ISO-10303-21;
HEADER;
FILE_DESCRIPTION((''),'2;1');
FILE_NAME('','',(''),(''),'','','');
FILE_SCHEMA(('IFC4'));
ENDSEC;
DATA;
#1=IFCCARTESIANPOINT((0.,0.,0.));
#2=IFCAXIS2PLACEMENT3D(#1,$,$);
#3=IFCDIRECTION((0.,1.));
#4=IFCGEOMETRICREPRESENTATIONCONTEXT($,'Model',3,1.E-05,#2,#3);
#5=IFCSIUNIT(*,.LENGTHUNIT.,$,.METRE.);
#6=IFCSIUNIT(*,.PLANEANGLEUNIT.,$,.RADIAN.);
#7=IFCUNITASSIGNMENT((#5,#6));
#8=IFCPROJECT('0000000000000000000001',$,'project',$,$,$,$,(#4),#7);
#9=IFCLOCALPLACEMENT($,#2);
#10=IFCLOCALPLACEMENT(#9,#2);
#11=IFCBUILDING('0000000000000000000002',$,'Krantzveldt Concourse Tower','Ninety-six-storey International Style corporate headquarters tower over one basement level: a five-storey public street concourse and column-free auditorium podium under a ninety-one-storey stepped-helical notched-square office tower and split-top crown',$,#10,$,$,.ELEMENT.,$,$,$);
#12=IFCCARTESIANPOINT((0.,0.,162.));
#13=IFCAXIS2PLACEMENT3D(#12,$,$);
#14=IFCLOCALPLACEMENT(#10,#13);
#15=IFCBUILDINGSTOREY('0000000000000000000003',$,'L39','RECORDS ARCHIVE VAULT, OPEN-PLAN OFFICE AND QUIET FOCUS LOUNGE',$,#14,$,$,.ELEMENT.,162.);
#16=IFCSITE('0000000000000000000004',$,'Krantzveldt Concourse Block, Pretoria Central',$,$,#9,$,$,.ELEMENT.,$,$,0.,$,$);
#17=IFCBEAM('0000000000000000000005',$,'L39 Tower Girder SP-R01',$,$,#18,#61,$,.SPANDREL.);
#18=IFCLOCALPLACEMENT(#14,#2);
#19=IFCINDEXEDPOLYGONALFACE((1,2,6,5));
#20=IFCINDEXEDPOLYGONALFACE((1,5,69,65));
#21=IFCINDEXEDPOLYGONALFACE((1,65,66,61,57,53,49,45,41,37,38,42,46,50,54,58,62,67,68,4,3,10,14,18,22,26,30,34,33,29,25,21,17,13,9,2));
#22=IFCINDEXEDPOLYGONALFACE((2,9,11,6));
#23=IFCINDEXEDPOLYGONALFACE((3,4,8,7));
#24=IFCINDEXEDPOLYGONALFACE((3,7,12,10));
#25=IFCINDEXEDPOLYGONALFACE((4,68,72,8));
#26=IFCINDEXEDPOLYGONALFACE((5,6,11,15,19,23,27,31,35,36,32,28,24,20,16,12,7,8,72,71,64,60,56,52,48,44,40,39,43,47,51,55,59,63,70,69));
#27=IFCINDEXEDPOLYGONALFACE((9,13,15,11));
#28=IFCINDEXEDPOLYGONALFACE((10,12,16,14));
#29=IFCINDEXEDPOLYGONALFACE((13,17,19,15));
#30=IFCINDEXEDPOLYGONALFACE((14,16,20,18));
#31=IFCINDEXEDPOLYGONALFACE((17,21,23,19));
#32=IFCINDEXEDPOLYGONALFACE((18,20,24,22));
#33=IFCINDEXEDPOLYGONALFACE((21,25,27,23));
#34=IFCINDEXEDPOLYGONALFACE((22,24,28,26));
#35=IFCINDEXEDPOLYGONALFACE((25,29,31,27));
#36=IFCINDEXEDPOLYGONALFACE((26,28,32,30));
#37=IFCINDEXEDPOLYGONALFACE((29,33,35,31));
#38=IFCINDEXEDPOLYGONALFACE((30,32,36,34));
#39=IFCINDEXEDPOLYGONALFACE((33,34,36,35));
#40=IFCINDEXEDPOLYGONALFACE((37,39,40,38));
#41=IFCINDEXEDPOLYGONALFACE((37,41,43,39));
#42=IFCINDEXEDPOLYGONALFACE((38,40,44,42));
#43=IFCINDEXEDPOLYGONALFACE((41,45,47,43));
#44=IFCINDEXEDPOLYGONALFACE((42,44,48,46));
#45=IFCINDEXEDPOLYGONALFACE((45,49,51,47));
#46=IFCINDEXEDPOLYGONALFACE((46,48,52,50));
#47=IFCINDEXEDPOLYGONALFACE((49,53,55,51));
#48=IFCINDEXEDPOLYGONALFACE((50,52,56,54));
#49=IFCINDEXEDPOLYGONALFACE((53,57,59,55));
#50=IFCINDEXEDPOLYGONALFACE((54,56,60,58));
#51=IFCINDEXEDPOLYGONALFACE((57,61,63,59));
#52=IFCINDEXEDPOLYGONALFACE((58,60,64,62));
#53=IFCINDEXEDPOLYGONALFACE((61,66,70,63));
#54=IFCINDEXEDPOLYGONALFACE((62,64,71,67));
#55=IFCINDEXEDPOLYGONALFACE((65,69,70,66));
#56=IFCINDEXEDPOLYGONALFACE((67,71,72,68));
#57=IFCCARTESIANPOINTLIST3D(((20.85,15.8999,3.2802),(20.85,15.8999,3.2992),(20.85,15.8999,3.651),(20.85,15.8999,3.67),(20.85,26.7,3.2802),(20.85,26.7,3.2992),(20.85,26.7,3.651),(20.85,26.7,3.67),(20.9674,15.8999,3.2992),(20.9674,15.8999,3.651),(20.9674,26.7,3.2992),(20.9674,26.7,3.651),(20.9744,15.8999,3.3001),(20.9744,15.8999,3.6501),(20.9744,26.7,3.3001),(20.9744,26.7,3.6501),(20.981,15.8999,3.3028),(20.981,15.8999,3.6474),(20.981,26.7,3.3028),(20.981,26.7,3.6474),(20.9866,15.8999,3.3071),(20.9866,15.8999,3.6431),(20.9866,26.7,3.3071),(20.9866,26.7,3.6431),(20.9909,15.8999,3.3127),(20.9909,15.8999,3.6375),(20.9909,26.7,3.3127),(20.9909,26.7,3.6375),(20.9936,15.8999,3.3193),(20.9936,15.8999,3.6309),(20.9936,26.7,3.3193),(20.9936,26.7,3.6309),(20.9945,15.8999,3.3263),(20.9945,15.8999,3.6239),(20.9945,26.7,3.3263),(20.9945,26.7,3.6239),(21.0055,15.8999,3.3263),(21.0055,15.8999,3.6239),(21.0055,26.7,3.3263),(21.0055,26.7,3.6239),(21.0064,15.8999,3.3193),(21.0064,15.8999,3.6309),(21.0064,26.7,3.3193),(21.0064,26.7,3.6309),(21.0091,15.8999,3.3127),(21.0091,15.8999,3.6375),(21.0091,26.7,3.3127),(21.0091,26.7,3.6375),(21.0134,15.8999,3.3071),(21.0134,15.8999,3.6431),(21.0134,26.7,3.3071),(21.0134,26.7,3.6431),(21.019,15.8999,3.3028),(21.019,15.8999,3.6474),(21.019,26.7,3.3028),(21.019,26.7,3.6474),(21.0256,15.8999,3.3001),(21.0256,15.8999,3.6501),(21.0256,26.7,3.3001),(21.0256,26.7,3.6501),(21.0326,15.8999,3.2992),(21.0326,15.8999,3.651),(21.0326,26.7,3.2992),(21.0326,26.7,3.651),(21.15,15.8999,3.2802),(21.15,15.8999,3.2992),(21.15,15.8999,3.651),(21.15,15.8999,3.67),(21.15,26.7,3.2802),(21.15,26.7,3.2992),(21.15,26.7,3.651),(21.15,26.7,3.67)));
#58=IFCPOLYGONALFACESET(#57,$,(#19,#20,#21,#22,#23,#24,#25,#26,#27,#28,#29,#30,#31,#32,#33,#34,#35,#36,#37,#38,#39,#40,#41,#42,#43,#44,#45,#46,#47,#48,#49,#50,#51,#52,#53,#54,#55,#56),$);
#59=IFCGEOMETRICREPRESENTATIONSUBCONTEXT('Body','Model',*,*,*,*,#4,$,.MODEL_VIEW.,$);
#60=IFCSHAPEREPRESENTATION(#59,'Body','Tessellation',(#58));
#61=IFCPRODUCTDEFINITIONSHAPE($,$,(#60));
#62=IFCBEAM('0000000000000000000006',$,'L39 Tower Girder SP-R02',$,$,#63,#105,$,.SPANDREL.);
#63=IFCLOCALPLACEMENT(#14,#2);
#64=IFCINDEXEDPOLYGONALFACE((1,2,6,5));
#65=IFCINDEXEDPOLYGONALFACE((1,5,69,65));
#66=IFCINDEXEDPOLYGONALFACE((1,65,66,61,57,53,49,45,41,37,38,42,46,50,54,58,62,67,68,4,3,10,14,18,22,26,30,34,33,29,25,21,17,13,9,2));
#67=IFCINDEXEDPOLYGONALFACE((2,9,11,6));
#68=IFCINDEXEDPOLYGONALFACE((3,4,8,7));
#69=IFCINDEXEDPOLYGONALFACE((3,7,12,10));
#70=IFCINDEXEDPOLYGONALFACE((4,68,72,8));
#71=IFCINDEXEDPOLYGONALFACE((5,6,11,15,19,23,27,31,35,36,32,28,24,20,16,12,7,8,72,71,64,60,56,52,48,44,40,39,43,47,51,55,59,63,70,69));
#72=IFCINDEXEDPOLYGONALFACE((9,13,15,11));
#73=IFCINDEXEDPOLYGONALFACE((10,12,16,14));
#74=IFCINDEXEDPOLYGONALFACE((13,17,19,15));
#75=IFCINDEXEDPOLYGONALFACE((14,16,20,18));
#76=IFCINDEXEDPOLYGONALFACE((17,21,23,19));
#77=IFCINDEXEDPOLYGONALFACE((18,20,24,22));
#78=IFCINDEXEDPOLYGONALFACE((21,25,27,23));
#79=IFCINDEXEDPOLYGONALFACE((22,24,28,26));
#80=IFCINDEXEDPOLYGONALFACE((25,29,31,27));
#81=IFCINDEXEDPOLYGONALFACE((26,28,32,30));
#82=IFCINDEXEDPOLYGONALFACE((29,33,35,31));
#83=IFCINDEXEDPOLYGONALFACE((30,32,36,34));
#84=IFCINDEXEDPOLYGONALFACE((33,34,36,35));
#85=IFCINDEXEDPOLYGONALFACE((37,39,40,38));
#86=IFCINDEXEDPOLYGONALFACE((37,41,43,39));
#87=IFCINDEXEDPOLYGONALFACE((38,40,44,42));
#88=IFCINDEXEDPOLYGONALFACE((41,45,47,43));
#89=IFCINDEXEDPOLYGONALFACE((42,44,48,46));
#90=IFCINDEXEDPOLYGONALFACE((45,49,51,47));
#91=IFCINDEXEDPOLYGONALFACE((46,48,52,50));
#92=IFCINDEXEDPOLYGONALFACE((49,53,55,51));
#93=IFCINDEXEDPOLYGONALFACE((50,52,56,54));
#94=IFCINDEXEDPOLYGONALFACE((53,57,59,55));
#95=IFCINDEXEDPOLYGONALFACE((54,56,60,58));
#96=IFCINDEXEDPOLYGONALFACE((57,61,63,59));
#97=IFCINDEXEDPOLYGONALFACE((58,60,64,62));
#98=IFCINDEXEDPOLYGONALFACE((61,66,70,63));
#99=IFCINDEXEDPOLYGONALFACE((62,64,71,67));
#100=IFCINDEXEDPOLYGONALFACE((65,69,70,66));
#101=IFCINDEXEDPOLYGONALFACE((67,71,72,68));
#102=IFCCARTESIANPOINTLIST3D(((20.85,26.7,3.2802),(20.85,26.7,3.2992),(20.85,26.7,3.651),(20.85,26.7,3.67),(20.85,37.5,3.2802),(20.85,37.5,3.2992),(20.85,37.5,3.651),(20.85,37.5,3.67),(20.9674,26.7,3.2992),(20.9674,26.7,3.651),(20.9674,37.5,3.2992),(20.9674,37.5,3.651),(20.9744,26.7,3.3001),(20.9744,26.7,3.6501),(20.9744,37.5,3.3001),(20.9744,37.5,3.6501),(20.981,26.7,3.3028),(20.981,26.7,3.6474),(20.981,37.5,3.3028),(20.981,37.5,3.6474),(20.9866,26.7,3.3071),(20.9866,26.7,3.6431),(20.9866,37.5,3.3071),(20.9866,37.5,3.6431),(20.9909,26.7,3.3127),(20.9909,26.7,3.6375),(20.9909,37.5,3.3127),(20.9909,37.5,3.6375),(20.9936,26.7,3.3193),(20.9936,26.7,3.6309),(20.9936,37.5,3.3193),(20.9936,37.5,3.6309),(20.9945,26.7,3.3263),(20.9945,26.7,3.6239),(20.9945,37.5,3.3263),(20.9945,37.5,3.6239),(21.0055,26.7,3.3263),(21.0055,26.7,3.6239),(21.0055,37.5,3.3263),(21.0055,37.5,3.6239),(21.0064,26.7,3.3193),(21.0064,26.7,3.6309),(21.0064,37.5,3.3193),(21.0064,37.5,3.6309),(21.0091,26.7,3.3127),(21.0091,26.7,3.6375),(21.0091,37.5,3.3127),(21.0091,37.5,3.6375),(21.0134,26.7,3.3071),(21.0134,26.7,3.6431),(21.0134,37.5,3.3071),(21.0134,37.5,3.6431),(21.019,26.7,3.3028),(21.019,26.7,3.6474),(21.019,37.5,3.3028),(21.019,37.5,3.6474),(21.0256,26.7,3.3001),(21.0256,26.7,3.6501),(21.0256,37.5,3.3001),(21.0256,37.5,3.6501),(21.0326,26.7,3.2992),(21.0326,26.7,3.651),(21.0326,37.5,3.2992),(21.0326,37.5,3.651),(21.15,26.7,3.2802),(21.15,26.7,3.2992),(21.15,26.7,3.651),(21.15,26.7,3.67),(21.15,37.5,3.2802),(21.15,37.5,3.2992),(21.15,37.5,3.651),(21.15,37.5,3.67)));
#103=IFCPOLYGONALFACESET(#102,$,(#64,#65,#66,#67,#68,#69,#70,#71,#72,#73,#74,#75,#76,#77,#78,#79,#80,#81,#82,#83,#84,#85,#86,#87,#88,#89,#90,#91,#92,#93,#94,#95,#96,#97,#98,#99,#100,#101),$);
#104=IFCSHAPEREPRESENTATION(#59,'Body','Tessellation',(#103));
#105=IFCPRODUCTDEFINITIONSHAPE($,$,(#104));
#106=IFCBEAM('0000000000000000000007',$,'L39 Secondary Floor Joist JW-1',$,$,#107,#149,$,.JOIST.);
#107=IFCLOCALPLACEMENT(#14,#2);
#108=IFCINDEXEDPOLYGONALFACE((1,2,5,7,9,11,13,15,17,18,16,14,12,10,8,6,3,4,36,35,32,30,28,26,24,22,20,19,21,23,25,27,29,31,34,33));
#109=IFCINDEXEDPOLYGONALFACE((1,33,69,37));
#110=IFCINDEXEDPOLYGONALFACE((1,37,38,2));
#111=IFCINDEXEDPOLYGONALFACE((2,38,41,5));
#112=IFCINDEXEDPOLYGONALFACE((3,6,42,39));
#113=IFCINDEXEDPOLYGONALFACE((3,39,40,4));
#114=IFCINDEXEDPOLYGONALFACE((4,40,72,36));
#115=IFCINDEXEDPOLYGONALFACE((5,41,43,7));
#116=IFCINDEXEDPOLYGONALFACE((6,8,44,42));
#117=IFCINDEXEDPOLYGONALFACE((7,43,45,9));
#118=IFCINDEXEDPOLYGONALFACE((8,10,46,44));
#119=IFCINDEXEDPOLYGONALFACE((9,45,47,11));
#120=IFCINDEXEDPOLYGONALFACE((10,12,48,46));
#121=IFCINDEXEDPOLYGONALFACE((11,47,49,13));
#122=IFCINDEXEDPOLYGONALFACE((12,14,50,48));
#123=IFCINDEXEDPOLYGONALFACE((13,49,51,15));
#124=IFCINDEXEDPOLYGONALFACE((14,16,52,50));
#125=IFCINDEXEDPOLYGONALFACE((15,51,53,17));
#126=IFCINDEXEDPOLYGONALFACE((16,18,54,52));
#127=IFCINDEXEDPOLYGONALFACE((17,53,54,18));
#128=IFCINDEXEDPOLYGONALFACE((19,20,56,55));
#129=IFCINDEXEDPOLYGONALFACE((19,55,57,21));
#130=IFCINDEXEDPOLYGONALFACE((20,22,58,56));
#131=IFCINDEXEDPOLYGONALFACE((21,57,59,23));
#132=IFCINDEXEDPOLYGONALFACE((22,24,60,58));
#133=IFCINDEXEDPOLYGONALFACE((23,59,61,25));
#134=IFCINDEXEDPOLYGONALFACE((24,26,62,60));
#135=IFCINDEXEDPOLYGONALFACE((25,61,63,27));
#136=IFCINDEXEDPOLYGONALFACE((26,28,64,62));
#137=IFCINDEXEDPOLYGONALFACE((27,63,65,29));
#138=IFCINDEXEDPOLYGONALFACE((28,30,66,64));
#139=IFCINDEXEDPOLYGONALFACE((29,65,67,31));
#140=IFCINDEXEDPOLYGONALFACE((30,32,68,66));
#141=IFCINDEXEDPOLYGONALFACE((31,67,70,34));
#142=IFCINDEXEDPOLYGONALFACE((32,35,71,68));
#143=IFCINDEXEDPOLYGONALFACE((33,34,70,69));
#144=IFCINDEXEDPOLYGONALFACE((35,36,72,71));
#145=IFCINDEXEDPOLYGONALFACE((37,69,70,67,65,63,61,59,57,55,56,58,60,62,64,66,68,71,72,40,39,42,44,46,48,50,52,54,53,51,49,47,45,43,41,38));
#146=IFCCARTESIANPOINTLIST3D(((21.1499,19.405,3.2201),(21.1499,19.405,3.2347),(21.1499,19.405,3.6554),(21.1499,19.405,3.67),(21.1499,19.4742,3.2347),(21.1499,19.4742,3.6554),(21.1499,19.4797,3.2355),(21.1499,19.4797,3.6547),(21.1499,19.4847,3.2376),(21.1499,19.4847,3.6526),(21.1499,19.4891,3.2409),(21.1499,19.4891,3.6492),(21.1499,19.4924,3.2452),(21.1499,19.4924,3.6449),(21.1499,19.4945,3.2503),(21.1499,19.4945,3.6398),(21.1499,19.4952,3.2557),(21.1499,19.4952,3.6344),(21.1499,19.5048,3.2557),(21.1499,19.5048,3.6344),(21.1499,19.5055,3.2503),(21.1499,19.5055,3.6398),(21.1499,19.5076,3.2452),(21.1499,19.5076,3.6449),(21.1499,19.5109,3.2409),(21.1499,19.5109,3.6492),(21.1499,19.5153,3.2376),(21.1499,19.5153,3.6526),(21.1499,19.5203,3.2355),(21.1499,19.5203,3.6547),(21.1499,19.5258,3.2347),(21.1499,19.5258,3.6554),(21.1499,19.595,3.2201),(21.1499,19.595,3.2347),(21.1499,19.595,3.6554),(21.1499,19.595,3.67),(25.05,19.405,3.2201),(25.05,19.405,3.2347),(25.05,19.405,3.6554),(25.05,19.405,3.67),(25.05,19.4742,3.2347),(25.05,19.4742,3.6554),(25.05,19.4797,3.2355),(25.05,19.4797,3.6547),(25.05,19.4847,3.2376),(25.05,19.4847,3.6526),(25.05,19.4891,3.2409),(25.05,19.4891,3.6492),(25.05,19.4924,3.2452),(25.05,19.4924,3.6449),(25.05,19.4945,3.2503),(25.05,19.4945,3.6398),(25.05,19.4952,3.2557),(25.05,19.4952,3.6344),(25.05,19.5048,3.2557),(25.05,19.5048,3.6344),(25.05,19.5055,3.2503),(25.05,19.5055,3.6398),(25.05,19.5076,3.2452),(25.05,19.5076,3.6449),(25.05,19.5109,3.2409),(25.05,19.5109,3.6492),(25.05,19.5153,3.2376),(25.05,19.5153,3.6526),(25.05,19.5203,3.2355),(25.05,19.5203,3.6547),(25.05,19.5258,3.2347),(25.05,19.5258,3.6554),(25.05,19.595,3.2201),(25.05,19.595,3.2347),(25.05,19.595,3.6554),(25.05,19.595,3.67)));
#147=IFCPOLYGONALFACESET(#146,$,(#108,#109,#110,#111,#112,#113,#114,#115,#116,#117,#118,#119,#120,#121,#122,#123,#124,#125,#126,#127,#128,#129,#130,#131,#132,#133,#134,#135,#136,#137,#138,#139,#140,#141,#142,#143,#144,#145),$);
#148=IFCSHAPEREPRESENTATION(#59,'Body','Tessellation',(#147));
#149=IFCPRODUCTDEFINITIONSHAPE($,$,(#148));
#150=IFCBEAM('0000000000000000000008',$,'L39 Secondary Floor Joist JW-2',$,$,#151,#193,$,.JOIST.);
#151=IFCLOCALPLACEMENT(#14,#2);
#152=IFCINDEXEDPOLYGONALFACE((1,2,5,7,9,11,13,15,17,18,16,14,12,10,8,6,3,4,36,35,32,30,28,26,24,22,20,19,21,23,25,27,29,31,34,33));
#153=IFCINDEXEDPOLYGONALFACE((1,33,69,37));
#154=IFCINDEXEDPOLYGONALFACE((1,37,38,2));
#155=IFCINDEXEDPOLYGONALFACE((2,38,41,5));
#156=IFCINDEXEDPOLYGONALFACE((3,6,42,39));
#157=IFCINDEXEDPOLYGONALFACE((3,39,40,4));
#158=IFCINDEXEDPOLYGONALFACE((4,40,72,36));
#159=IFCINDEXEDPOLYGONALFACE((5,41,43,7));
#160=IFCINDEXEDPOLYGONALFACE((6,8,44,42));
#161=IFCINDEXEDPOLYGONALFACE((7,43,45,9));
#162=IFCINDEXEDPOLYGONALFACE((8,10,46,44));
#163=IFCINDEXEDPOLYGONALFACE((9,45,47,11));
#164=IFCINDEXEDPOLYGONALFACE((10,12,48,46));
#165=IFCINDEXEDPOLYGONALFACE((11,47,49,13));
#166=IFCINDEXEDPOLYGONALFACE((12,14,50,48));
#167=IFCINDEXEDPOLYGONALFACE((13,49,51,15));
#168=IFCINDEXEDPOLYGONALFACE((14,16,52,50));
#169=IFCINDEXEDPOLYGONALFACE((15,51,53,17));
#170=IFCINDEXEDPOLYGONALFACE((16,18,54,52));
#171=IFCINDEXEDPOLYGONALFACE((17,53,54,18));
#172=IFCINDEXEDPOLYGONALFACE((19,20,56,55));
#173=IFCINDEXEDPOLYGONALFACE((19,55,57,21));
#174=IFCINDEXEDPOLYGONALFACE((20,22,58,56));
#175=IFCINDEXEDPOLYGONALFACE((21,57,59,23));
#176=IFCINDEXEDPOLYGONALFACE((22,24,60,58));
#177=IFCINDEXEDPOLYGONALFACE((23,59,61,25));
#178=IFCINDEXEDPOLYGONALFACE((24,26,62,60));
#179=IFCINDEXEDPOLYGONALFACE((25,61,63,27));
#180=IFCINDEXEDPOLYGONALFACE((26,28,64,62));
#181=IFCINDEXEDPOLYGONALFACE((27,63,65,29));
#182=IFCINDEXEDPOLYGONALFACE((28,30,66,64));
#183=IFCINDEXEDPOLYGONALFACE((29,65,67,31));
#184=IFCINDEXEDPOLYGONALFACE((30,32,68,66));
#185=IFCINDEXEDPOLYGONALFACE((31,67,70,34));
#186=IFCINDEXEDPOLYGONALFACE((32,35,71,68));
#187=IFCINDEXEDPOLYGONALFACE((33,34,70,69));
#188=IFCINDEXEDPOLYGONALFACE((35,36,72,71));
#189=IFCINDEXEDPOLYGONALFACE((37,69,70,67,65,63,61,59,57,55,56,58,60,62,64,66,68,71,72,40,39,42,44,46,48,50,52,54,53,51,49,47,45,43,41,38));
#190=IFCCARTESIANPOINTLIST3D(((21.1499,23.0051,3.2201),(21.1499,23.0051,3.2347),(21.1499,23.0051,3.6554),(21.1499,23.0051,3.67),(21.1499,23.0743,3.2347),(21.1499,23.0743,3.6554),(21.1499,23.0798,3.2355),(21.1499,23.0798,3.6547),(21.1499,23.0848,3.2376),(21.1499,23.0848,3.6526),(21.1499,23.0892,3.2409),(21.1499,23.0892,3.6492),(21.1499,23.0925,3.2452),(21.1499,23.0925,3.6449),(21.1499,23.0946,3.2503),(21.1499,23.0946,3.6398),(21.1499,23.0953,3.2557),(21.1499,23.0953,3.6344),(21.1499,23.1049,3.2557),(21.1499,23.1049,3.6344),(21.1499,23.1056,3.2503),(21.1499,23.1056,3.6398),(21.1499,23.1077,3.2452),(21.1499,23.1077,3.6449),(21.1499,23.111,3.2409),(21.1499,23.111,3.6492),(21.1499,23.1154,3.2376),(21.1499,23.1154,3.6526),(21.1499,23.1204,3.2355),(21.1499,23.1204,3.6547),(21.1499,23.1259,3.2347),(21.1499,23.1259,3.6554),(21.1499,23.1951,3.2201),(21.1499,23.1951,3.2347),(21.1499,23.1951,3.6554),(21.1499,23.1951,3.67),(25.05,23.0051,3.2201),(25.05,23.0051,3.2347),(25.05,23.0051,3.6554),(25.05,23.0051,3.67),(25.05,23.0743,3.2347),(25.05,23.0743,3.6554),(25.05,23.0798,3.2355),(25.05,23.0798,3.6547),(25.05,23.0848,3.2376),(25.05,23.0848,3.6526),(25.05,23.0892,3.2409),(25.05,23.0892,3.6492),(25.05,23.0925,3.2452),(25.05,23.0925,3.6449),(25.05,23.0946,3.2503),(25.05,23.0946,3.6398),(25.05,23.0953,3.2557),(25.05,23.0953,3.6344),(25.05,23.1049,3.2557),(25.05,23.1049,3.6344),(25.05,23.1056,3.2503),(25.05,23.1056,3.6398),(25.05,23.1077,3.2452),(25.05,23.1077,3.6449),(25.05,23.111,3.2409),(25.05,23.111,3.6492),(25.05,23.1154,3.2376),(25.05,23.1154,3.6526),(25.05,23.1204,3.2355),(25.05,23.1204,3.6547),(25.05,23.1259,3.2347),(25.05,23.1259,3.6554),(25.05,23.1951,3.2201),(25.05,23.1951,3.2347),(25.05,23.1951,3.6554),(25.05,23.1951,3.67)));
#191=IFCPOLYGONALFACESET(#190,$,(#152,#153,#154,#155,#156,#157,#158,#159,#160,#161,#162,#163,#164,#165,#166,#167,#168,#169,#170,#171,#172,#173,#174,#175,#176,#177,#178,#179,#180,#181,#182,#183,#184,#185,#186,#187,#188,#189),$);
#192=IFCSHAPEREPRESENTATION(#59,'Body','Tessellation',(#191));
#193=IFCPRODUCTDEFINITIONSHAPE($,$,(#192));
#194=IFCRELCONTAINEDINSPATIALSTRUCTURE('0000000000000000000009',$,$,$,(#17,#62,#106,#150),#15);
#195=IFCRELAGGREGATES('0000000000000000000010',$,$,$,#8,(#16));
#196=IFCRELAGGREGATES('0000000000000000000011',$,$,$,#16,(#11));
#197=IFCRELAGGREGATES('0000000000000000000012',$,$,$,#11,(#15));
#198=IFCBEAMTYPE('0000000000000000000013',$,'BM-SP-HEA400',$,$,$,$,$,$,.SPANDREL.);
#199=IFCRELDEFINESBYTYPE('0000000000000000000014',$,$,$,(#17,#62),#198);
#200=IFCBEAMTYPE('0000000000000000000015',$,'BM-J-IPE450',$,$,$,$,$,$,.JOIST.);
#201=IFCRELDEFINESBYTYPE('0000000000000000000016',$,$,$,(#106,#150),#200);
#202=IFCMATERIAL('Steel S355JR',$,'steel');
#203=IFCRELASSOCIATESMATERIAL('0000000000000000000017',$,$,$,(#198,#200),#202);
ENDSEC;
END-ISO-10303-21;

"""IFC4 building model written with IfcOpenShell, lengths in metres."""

from ifc_helpers import new_model, si_unit, direction, frame, origin, origin_2d, place, context, subcontext, project, spatial, i_section, extrude, source, transform, mapped, material, material_profile, profile_set, type_object, type_shapes, element, save


model = new_model("IFC4")

# Units and contexts
model_context = context("Model", 3, precision=1e-05, world=origin(), true_north=direction((0.0, 1.0)))
body_context = subcontext(model_context, "Body", "Model", "MODEL_VIEW")
ifc_project = project(units=[si_unit("LENGTHUNIT", "METRE"), si_unit("PLANEANGLEUNIT", "RADIAN")], contexts=[model_context])

# Site, building, storey
site_placement = place(None, origin())
site = spatial("IfcSite", under=ifc_project, at=site_placement, Name="Krantzveldt Concourse Block, Pretoria Central", CompositionType="ELEMENT", RefElevation=0.0)
building_placement = place(site_placement, origin())
building = spatial("IfcBuilding", under=site, at=building_placement, Name="Krantzveldt Concourse Tower", Description="Ninety-six-storey International Style corporate headquarters tower over one basement level: a five-storey public street concourse and column-free auditorium podium under a ninety-one-storey stepped-helical notched-square office tower and split-top crown", CompositionType="ELEMENT")
storey_placement = place(building_placement, frame((0.0, 0.0, 162.0)))
storey = spatial("IfcBuildingStorey", under=building, at=storey_placement, Name="L39", Description="RECORDS ARCHIVE VAULT, OPEN-PLAN OFFICE AND QUIET FOCUS LOUNGE", CompositionType="ELEMENT", Elevation=162.0)

# Beams
ifc_material_1 = material(Name="Steel S355JR", Category="steel")
ifc_material_profile_1 = material_profile(ifc_material_1, i_section(OverallWidth=0.3, OverallDepth=0.3899, WebThickness=0.011, FlangeThickness=0.019, FilletRadius=0.0271, at=origin_2d()), Name="Steel S355JR", Category="steel")
ifc_profile_set_1 = profile_set([ifc_material_profile_1], Name="Steel S355JR - HEA 400")
beam_type_1 = type_object("IfcBeamType", Name="BM-SP-HEA400", PredefinedType="SPANDREL", material=ifc_profile_set_1)
shared_shape_1 = source(origin(), body_context, "Body", "SweptSolid", [
    extrude(i_section(OverallWidth=0.3, OverallDepth=0.3899, WebThickness=0.011, FlangeThickness=0.019, FilletRadius=0.0271, at=origin_2d()), origin(), (0.0, 0.0, 1.0), 10.8),
])
type_shapes(beam_type_1, [shared_shape_1])
for number, where, z_axis, x_axis, name in (
    (1, (21.0, 15.8999, 3.4751), (0.0, 1.0, 0.0), (-1.0, 0.0, 0.0), "L39 Tower Girder SP-R01"),
    (2, (21.0, 26.7, 3.4751), (0.0, 1.0, 0.0), (-1.0, 0.0, 0.0), "L39 Tower Girder SP-R02"),
):
    element("IfcBeam", number, at=place(storey_placement, frame(where, z_axis=z_axis, x_axis=x_axis)), inside=storey, type_object=beam_type_1, Name=name, PredefinedType="SPANDREL", context=body_context, shape_type="MappedRepresentation", body=[
        mapped(shared_shape_1, transform((0.0, 0.0, 0.0), x_axis=(1.0, 0.0, 0.0), y_axis=(0.0, 1.0, 0.0), z_axis=(0.0, 0.0, 1.0), scale=1.0)),
    ])
ifc_material_profile_2 = material_profile(ifc_material_1, i_section(OverallWidth=0.1899, OverallDepth=0.45, WebThickness=0.0095, FlangeThickness=0.0146, FilletRadius=0.021, at=origin_2d()), Name="Steel S355JR", Category="steel")
ifc_profile_set_2 = profile_set([ifc_material_profile_2], Name="Steel S355JR - IPE 450")
beam_type_2 = type_object("IfcBeamType", Name="BM-J-IPE450", PredefinedType="JOIST", material=ifc_profile_set_2)
shared_shape_2 = source(origin(), body_context, "Body", "SweptSolid", [
    extrude(i_section(OverallWidth=0.1899, OverallDepth=0.45, WebThickness=0.0095, FlangeThickness=0.0146, FilletRadius=0.021, at=origin_2d()), origin(), (0.0, 0.0, 1.0), 3.9001),
])
type_shapes(beam_type_2, [shared_shape_2])
for number, where, z_axis, x_axis, name in (
    (3, (21.1499, 19.5, 3.4451), (1.0, 0.0, 0.0), (0.0, 1.0, 0.0), "L39 Secondary Floor Joist JW-1"),
    (4, (21.1499, 23.1001, 3.4451), (1.0, 0.0, 0.0), (0.0, 1.0, 0.0), "L39 Secondary Floor Joist JW-2"),
):
    element("IfcBeam", number, at=place(storey_placement, frame(where, z_axis=z_axis, x_axis=x_axis)), inside=storey, type_object=beam_type_2, Name=name, PredefinedType="JOIST", context=body_context, shape_type="MappedRepresentation", body=[
        mapped(shared_shape_2, transform((0.0, 0.0, 0.0), x_axis=(1.0, 0.0, 0.0), y_axis=(0.0, 1.0, 0.0), z_axis=(0.0, 0.0, 1.0), scale=1.0)),
    ])

save(model, "model.ifc")
